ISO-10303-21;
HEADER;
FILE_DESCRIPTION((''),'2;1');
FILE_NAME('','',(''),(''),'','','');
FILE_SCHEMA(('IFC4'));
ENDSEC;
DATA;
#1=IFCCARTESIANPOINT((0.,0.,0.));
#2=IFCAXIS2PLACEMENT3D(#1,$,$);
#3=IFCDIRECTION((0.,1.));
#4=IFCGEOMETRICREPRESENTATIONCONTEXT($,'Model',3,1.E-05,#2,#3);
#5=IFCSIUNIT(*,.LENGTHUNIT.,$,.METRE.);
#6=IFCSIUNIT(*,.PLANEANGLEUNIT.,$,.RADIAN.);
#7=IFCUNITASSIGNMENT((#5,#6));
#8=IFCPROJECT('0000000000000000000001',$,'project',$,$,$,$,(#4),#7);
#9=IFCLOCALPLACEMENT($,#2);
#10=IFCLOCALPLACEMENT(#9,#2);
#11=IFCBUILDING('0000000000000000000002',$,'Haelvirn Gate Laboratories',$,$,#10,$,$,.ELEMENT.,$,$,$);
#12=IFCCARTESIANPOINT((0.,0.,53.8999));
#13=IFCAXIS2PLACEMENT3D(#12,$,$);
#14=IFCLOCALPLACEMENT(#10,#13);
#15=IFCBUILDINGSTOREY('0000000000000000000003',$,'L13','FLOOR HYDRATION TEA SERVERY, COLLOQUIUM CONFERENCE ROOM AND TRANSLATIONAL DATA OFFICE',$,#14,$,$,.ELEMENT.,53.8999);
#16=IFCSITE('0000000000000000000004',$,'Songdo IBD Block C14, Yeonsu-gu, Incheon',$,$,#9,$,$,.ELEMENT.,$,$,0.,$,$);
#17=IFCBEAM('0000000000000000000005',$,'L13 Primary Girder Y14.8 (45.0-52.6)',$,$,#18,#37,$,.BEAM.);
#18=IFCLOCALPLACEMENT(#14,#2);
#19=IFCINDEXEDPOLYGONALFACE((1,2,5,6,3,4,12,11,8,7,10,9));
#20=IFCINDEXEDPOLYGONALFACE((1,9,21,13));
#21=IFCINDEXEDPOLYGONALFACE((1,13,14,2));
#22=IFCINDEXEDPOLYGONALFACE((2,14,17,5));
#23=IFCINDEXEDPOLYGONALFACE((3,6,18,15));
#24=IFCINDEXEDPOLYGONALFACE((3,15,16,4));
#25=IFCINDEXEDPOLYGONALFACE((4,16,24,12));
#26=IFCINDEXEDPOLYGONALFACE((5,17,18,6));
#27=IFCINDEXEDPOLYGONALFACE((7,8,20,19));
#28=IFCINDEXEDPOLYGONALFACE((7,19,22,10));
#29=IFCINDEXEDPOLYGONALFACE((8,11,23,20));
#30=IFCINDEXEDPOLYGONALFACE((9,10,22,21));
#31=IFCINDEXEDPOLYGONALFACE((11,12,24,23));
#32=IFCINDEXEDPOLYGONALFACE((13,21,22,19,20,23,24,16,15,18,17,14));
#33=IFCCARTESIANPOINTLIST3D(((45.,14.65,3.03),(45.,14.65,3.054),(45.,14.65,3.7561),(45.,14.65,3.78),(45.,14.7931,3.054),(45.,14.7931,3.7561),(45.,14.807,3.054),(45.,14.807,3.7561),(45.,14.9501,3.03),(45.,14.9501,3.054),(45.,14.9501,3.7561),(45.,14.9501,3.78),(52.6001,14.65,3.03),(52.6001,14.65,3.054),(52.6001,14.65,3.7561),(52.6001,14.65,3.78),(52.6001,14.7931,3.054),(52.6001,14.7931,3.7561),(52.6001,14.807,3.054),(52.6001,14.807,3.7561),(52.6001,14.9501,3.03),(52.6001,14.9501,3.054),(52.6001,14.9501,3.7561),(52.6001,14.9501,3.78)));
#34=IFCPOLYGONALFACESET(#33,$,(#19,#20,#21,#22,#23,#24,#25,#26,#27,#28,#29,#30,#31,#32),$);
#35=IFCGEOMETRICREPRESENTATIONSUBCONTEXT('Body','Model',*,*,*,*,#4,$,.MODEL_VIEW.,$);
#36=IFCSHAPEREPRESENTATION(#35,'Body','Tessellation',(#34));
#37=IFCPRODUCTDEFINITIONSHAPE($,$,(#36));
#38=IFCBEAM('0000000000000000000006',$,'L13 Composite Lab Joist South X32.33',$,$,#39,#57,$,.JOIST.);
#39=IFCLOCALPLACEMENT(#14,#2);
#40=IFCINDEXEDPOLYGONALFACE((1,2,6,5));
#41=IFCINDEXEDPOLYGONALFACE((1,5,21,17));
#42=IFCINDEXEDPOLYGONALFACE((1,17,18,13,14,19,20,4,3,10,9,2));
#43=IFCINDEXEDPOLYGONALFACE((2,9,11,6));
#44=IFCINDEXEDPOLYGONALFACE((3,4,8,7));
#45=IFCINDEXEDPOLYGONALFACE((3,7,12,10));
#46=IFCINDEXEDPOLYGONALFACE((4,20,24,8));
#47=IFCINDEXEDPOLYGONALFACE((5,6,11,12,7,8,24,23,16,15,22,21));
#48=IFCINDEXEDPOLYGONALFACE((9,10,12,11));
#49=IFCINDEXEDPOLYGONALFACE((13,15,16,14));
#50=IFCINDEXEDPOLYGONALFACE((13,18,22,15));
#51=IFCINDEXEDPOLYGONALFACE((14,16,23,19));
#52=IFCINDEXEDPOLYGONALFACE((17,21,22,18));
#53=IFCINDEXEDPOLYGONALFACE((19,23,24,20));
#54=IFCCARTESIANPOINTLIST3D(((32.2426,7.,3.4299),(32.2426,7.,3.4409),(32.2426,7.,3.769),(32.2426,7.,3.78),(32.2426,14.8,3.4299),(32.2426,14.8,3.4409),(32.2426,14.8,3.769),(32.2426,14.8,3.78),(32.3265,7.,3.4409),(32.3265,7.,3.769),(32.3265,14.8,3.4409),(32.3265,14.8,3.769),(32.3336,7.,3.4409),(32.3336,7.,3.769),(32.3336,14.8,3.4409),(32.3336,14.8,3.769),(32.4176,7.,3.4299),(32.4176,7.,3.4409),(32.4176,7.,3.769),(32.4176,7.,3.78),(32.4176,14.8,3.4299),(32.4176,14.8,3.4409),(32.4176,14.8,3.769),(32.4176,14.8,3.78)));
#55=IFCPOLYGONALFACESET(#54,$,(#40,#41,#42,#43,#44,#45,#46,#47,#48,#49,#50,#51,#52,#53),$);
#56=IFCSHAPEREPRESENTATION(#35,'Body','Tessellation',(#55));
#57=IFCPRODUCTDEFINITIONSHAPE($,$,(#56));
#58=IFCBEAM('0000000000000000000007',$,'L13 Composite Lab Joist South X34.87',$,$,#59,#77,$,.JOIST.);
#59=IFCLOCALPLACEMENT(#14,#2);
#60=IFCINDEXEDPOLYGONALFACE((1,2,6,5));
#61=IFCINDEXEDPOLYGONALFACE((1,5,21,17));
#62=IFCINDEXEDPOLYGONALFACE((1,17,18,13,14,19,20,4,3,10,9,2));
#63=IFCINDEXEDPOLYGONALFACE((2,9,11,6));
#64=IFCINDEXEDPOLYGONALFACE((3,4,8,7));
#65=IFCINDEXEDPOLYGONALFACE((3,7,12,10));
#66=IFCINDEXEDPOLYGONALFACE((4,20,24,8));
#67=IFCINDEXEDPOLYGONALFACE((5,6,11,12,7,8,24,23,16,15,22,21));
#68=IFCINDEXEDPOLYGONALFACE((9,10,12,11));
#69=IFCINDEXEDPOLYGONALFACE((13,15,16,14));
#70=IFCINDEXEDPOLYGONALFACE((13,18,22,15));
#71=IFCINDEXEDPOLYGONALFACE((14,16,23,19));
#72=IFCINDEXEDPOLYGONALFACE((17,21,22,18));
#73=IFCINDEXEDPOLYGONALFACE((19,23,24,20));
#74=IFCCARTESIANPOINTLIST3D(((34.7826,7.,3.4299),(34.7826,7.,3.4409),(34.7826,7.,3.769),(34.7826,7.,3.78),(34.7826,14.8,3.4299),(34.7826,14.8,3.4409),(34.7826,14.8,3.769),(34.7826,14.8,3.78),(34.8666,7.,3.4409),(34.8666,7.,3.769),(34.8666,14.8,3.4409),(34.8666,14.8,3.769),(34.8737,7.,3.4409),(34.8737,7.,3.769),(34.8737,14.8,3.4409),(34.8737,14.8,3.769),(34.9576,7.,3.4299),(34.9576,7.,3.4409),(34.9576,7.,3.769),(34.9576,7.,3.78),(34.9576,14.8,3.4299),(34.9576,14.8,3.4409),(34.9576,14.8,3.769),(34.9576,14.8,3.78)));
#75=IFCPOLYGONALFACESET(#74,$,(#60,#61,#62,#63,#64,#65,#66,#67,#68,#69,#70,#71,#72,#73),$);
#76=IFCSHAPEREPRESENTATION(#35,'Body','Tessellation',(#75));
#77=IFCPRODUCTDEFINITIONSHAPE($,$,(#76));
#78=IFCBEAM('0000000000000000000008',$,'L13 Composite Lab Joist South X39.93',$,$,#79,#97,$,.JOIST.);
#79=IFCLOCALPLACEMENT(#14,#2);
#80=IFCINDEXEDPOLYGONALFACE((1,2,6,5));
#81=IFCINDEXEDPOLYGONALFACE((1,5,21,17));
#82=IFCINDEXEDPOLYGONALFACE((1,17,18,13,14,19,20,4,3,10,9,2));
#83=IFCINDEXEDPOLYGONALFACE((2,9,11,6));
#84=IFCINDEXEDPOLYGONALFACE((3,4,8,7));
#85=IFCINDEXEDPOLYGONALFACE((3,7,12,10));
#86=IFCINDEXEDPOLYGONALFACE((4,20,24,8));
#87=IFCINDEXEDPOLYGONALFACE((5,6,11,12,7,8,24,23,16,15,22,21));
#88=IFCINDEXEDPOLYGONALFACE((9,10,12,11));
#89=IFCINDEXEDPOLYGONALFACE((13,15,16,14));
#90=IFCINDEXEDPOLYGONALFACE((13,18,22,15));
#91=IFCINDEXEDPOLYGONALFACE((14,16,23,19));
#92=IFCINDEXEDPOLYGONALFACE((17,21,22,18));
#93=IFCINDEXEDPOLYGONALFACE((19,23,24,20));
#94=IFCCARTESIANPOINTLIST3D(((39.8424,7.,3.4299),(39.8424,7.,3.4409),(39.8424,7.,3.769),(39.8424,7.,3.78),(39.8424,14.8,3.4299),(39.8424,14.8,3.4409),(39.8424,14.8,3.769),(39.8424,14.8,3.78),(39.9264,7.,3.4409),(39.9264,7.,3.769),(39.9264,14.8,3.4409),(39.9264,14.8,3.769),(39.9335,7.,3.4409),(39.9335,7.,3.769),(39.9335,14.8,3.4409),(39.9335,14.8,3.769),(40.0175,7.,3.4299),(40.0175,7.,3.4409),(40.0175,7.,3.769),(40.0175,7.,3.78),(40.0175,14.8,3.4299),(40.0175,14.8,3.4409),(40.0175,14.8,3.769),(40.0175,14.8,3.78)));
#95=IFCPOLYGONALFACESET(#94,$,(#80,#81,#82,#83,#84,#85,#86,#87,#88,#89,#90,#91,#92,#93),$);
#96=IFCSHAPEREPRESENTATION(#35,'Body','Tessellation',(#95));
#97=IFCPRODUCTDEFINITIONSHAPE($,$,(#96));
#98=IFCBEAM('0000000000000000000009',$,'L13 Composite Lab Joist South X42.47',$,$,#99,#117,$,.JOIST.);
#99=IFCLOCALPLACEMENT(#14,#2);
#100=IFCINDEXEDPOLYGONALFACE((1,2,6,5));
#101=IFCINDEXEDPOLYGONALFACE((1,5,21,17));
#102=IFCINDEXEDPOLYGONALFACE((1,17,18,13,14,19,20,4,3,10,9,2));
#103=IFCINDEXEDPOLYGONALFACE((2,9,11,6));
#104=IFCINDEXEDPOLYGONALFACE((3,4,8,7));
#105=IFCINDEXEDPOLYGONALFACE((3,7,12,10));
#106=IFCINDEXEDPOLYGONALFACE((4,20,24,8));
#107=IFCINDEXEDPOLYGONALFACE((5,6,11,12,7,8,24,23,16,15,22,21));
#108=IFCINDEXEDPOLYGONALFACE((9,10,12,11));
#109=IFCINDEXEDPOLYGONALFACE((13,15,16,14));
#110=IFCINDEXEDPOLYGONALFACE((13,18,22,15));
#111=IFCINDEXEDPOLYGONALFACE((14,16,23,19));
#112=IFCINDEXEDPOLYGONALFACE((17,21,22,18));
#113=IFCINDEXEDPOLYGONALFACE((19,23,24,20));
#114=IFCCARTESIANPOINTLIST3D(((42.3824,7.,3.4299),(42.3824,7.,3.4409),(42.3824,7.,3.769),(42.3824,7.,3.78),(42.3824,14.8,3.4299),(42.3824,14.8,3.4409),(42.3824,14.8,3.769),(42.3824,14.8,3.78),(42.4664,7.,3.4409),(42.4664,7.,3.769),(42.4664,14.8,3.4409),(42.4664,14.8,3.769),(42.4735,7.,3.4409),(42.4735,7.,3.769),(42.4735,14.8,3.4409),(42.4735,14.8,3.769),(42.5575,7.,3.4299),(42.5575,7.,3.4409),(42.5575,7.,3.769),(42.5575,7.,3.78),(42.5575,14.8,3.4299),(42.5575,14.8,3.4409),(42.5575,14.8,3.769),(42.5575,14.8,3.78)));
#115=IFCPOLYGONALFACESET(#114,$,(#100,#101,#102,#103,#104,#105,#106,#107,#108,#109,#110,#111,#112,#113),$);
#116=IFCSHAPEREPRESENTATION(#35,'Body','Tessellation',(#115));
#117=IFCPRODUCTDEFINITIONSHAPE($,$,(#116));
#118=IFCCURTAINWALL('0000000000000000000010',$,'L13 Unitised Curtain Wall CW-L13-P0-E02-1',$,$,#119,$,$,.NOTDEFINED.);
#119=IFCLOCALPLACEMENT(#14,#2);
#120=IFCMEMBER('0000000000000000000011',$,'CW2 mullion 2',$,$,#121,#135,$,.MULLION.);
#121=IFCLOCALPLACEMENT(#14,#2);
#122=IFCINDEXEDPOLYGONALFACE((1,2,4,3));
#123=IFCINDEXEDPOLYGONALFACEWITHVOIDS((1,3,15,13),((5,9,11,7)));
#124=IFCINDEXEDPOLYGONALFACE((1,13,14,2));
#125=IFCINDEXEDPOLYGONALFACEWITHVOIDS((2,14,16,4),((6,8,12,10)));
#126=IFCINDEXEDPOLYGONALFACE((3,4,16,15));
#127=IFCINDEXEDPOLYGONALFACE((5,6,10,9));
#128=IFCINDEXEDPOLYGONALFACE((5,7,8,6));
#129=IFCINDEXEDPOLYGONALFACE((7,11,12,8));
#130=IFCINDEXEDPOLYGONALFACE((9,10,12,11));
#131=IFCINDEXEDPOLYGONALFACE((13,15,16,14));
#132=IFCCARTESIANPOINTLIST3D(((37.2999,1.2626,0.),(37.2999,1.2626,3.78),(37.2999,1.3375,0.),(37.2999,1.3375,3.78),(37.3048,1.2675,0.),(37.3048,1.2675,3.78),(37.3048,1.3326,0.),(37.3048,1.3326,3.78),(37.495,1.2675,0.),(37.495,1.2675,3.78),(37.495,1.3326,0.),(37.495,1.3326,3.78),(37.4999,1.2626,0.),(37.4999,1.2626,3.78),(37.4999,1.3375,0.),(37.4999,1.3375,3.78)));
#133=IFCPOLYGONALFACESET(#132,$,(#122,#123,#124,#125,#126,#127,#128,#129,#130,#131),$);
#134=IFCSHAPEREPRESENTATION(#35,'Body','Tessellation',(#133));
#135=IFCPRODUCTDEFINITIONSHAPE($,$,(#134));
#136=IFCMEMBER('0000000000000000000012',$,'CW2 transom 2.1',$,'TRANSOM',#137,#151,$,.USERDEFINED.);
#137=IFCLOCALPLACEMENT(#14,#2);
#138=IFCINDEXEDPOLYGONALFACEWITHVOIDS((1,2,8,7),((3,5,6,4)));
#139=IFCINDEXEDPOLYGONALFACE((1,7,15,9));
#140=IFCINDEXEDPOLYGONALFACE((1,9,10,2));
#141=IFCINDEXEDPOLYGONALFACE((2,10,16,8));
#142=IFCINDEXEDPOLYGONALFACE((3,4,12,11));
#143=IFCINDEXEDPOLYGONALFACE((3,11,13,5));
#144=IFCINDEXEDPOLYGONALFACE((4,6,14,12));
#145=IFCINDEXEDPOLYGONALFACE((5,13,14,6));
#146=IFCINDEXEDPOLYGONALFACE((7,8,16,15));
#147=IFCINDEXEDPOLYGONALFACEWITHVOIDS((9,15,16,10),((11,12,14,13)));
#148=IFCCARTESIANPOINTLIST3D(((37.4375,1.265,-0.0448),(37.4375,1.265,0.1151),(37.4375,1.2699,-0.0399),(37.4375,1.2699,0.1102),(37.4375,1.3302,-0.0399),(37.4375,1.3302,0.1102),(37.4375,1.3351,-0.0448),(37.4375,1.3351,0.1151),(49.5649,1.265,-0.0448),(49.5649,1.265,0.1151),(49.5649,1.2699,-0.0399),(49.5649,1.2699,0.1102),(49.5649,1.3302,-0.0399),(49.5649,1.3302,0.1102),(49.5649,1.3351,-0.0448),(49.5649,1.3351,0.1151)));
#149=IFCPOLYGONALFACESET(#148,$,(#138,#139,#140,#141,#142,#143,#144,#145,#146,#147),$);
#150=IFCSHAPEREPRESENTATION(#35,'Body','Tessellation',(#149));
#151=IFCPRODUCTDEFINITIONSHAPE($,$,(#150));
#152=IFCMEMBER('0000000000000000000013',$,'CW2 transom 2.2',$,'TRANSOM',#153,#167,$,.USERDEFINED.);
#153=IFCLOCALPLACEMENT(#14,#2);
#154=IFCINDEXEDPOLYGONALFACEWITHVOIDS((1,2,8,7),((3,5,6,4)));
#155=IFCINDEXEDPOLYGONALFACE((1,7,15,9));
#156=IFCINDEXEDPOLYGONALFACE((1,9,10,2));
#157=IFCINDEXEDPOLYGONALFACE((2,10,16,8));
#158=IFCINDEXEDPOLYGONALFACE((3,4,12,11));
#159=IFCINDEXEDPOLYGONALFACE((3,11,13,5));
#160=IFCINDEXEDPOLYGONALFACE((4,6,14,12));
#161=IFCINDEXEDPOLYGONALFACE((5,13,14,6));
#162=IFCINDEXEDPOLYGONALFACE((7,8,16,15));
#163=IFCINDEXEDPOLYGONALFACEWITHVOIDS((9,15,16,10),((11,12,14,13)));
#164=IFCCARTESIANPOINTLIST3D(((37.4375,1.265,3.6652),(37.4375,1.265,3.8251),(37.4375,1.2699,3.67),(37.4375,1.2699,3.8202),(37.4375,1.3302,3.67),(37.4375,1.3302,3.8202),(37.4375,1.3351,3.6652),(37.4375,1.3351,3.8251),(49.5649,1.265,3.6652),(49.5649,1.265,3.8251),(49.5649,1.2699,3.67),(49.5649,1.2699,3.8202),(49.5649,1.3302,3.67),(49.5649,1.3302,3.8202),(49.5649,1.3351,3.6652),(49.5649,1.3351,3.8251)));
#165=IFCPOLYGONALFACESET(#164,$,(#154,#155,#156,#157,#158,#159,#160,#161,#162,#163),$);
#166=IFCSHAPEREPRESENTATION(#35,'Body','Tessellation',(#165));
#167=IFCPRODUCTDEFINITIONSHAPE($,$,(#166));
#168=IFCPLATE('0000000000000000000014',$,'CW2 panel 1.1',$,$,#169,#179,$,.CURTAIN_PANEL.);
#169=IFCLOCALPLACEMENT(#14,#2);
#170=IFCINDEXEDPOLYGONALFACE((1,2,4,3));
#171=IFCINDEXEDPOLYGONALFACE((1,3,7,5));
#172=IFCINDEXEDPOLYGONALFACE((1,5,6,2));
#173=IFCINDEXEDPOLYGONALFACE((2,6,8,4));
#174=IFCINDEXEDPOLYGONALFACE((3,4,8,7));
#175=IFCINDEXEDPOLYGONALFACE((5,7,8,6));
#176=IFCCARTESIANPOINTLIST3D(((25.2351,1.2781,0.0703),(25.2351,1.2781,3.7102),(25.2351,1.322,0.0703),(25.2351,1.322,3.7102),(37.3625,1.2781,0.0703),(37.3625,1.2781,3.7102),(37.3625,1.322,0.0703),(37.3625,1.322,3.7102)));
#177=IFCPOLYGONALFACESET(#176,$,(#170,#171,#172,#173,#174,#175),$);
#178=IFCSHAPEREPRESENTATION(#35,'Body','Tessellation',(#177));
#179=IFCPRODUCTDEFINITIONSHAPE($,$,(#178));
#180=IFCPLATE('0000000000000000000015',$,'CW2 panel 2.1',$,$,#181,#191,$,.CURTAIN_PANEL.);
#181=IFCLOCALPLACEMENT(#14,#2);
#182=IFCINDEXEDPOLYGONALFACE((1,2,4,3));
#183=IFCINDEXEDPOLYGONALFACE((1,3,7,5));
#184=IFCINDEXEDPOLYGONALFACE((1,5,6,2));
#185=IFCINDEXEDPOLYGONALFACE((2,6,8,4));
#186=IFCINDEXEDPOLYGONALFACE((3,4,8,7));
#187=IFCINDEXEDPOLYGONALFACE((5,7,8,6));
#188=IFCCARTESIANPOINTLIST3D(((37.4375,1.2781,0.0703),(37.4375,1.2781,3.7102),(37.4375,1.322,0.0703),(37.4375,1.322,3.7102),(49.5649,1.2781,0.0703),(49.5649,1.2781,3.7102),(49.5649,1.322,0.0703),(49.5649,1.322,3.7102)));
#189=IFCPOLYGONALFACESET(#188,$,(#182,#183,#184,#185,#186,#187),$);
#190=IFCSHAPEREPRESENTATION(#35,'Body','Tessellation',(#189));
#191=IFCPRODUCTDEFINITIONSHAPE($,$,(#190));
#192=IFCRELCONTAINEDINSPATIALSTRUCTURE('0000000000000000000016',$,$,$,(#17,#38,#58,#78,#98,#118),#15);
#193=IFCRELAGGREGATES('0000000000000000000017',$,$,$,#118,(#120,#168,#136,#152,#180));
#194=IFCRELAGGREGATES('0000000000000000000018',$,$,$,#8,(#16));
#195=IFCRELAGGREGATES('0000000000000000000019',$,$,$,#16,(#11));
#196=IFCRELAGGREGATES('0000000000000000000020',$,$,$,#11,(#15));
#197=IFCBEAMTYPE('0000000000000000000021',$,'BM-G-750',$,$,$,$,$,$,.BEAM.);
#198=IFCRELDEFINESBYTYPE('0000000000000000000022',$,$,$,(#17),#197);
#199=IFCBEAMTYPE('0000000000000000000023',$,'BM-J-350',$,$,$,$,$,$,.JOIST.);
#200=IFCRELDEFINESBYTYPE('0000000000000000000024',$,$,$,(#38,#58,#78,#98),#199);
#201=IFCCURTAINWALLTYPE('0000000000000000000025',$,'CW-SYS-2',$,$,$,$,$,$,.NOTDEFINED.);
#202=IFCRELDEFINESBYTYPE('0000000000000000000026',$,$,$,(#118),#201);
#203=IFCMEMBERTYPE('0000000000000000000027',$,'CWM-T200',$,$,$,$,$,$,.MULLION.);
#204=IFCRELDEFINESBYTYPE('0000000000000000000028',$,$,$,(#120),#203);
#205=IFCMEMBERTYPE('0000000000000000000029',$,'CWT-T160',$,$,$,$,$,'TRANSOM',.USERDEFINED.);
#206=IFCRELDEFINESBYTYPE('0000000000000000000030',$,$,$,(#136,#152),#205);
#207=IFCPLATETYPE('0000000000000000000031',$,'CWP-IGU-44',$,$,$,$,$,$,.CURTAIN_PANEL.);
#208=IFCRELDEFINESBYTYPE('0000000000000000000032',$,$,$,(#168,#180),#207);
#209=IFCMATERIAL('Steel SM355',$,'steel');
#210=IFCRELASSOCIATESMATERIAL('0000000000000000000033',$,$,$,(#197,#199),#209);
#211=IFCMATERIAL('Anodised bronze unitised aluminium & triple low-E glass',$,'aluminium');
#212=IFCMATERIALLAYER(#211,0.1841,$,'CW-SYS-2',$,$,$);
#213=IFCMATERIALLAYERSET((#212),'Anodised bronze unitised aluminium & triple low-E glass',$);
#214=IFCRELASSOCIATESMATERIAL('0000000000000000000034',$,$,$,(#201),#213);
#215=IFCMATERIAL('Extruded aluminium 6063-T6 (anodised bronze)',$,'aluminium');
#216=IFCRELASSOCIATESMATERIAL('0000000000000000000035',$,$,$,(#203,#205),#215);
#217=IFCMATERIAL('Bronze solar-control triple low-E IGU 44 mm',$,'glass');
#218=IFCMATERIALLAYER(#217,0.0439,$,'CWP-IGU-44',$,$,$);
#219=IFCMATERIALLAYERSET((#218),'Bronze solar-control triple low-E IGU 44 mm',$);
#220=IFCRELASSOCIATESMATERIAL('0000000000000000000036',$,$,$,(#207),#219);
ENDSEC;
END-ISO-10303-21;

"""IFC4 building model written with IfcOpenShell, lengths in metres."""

from ifc_helpers import new_model, si_unit, direction, frame, origin, origin_2d, place, context, subcontext, project, spatial, rectangle, hollow_rectangle, i_section, extrude, source, transform, mapped, material, layer, layer_set, material_profile, profile_set, type_object, type_shapes, element, aggregate, save


model = new_model("IFC4")

# Units and contexts
model_context = context("Model", 3, precision=1e-05, world=origin(), true_north=direction((0.0, 1.0)))
body_context = subcontext(model_context, "Body", "Model", "MODEL_VIEW")
ifc_project = project(units=[si_unit("LENGTHUNIT", "METRE"), si_unit("PLANEANGLEUNIT", "RADIAN")], contexts=[model_context])

# Site, building, storey
site_placement = place(None, origin())
site = spatial("IfcSite", under=ifc_project, at=site_placement, Name="Songdo IBD Block C14, Yeonsu-gu, Incheon", CompositionType="ELEMENT", RefElevation=0.0)
building_placement = place(site_placement, origin())
building = spatial("IfcBuilding", under=site, at=building_placement, Name="Haelvirn Gate Laboratories", CompositionType="ELEMENT")
storey_placement = place(building_placement, frame((0.0, 0.0, 53.8999)))
storey = spatial("IfcBuildingStorey", under=building, at=storey_placement, Name="L13", Description="FLOOR HYDRATION TEA SERVERY, COLLOQUIUM CONFERENCE ROOM AND TRANSLATIONAL DATA OFFICE", CompositionType="ELEMENT", Elevation=53.8999)

# Beams
ifc_material_1 = material(Name="Steel SM355", Category="steel")
ifc_material_profile_1 = material_profile(ifc_material_1, i_section(OverallWidth=0.3, OverallDepth=0.75, WebThickness=0.0139, FlangeThickness=0.0239, at=origin_2d()), Name="H-750x300x14x24")
ifc_profile_set_1 = profile_set([ifc_material_profile_1], Name="Steel SM355")
beam_type_1 = type_object("IfcBeamType", Name="BM-G-750", PredefinedType="BEAM", material=ifc_profile_set_1)
shared_shape_1 = source(origin(), body_context, "Body", "SweptSolid", [
    extrude(i_section(OverallWidth=0.3, OverallDepth=0.75, WebThickness=0.0139, FlangeThickness=0.0239, at=origin_2d()), origin(), (0.0, 0.0, 1.0), 7.6001),
])
type_shapes(beam_type_1, [shared_shape_1])
for number, where, z_axis, x_axis, name in (
    (1, (45.0, 14.8, 3.405), (1.0, 0.0, 0.0), (0.0, 1.0, 0.0), "L13 Primary Girder Y14.8 (45.0-52.6)"),
):
    element("IfcBeam", number, at=place(storey_placement, frame(where, z_axis=z_axis, x_axis=x_axis)), inside=storey, type_object=beam_type_1, Name=name, PredefinedType="BEAM", context=body_context, shape_type="MappedRepresentation", body=[
        mapped(shared_shape_1, transform((0.0, 0.0, 0.0), scale=1.0)),
    ])
ifc_material_profile_2 = material_profile(ifc_material_1, i_section(OverallWidth=0.175, OverallDepth=0.3501, WebThickness=0.0071, FlangeThickness=0.011, at=origin_2d()), Name="H-350x175x7x11")
ifc_profile_set_2 = profile_set([ifc_material_profile_2], Name="Steel SM355")
beam_type_2 = type_object("IfcBeamType", Name="BM-J-350", PredefinedType="JOIST", material=ifc_profile_set_2)
shared_shape_2 = source(origin(), body_context, "Body", "SweptSolid", [
    extrude(i_section(OverallWidth=0.175, OverallDepth=0.3501, WebThickness=0.0071, FlangeThickness=0.011, at=origin_2d()), origin(), (0.0, 0.0, 1.0), 7.8),
])
type_shapes(beam_type_2, [shared_shape_2])
for number, where, z_axis, x_axis, name in (
    (2, (32.3301, 7.0, 3.605), (0.0, 1.0, 0.0), (-1.0, 0.0, 0.0), "L13 Composite Lab Joist South X32.33"),
    (3, (34.8701, 7.0, 3.605), (0.0, 1.0, 0.0), (-1.0, 0.0, 0.0), "L13 Composite Lab Joist South X34.87"),
    (4, (39.9299, 7.0, 3.605), (0.0, 1.0, 0.0), (-1.0, 0.0, 0.0), "L13 Composite Lab Joist South X39.93"),
    (5, (42.47, 7.0, 3.605), (0.0, 1.0, 0.0), (-1.0, 0.0, 0.0), "L13 Composite Lab Joist South X42.47"),
):
    element("IfcBeam", number, at=place(storey_placement, frame(where, z_axis=z_axis, x_axis=x_axis)), inside=storey, type_object=beam_type_2, Name=name, PredefinedType="JOIST", context=body_context, shape_type="MappedRepresentation", body=[
        mapped(shared_shape_2, transform((0.0, 0.0, 0.0), scale=1.0)),
    ])

# Curtain wall, members, plates
ifc_material_2 = material(Name="Anodised bronze unitised aluminium & triple low-E glass", Category="aluminium")
ifc_layer_1 = layer(ifc_material_2, 0.1841, Name="CW-SYS-2")
ifc_layer_set_1 = layer_set([ifc_layer_1], Name="Anodised bronze unitised aluminium & triple low-E glass")
curtain_wall_type = type_object("IfcCurtainWallType", Name="CW-SYS-2", PredefinedType="NOTDEFINED", material=ifc_layer_set_1)
curtain_wall_placement = place(storey_placement, origin())
curtain_wall = element("IfcCurtainWall", 6, at=curtain_wall_placement, inside=storey, type_object=curtain_wall_type, Name="L13 Unitised Curtain Wall CW-L13-P0-E02-1", PredefinedType="NOTDEFINED")
ifc_material_3 = material(Name="Extruded aluminium 6063-T6 (anodised bronze)", Category="aluminium")
ifc_material_profile_3 = material_profile(ifc_material_3, hollow_rectangle(XDim=0.075, YDim=0.2, WallThickness=0.0049, at=origin_2d()), Name="CWM-200x75x5")
ifc_profile_set_3 = profile_set([ifc_material_profile_3], Name="Extruded aluminium 6063-T6 (anodised bronze)")
member_type_1 = type_object("IfcMemberType", Name="CWM-T200", PredefinedType="MULLION", material=ifc_profile_set_3)
shared_shape_3 = source(origin(), body_context, "Body", "SweptSolid", [
    extrude(hollow_rectangle(XDim=0.075, YDim=0.2, WallThickness=0.0049, at=origin_2d()), origin(), (0.0, 0.0, 1.0), 3.78),
])
type_shapes(member_type_1, [shared_shape_3])
member_1_placement = place(storey_placement, frame((37.3999, 1.3, 0.0), z_axis=(0.0, 0.0, 1.0), x_axis=(0.0, 1.0, 0.0)))
member_1 = element("IfcMember", 7, at=member_1_placement, type_object=member_type_1, Name="CW2 mullion 2", PredefinedType="MULLION", context=body_context, shape_type="MappedRepresentation", body=[
    mapped(shared_shape_3, transform((0.0, 0.0, 0.0), scale=1.0)),
])
ifc_material_profile_4 = material_profile(ifc_material_3, hollow_rectangle(XDim=0.0701, YDim=0.1599, WallThickness=0.0049, at=origin_2d()), Name="CWT-160x70x5")
ifc_profile_set_4 = profile_set([ifc_material_profile_4], Name="Extruded aluminium 6063-T6 (anodised bronze)")
member_type_2 = type_object("IfcMemberType", Name="CWT-T160", ElementType="TRANSOM", PredefinedType="USERDEFINED", material=ifc_profile_set_4)
shared_shape_4 = source(origin(), body_context, "Body", "SweptSolid", [
    extrude(hollow_rectangle(XDim=0.0701, YDim=0.1599, WallThickness=0.0049, at=origin_2d()), origin(), (0.0, 0.0, 1.0), 12.1274),
])
type_shapes(member_type_2, [shared_shape_4])
member_2_placement = place(storey_placement, frame((37.4375, 1.3, 0.0352), z_axis=(1.0, 0.0, 0.0), x_axis=(0.0, 1.0, 0.0)))
member_2 = element("IfcMember", 8, at=member_2_placement, type_object=member_type_2, Name="CW2 transom 2.1", ObjectType="TRANSOM", PredefinedType="USERDEFINED", context=body_context, shape_type="MappedRepresentation", body=[
    mapped(shared_shape_4, transform((0.0, 0.0, 0.0), scale=1.0)),
])
member_3_placement = place(storey_placement, frame((37.4375, 1.3, 3.7451), z_axis=(1.0, 0.0, 0.0), x_axis=(0.0, 1.0, 0.0)))
member_3 = element("IfcMember", 9, at=member_3_placement, type_object=member_type_2, Name="CW2 transom 2.2", ObjectType="TRANSOM", PredefinedType="USERDEFINED", context=body_context, shape_type="MappedRepresentation", body=[
    mapped(shared_shape_4, transform((0.0, 0.0, 0.0), scale=1.0)),
])
ifc_material_4 = material(Name="Bronze solar-control triple low-E IGU 44 mm", Category="glass")
ifc_layer_2 = layer(ifc_material_4, 0.0439, Name="CWP-IGU-44")
ifc_layer_set_2 = layer_set([ifc_layer_2], Name="Bronze solar-control triple low-E IGU 44 mm")
plate_type = type_object("IfcPlateType", Name="CWP-IGU-44", PredefinedType="CURTAIN_PANEL", material=ifc_layer_set_2)
shared_shape_5 = source(origin(), body_context, "Body", "SweptSolid", [
    extrude(rectangle(XDim=12.1274, YDim=0.0439, at=origin_2d()), origin(), (0.0, 0.0, 1.0), 3.6399),
])
type_shapes(plate_type, [shared_shape_5])
plate_1_placement = place(storey_placement, frame((31.2988, 1.3, 0.0703), z_axis=(0.0, 0.0, 1.0), x_axis=(1.0, 0.0, 0.0)))
plate_1 = element("IfcPlate", 10, at=plate_1_placement, type_object=plate_type, Name="CW2 panel 1.1", PredefinedType="CURTAIN_PANEL", context=body_context, shape_type="MappedRepresentation", body=[
    mapped(shared_shape_5, transform((0.0, 0.0, 0.0), scale=1.0)),
])
plate_2_placement = place(storey_placement, frame((43.5012, 1.3, 0.0703), z_axis=(0.0, 0.0, 1.0), x_axis=(1.0, 0.0, 0.0)))
plate_2 = element("IfcPlate", 11, at=plate_2_placement, type_object=plate_type, Name="CW2 panel 2.1", PredefinedType="CURTAIN_PANEL", context=body_context, shape_type="MappedRepresentation", body=[
    mapped(shared_shape_5, transform((0.0, 0.0, 0.0), scale=1.0)),
])
aggregate(curtain_wall, [member_1, plate_1, member_2, member_3, plate_2])

save(model, "model.ifc")
